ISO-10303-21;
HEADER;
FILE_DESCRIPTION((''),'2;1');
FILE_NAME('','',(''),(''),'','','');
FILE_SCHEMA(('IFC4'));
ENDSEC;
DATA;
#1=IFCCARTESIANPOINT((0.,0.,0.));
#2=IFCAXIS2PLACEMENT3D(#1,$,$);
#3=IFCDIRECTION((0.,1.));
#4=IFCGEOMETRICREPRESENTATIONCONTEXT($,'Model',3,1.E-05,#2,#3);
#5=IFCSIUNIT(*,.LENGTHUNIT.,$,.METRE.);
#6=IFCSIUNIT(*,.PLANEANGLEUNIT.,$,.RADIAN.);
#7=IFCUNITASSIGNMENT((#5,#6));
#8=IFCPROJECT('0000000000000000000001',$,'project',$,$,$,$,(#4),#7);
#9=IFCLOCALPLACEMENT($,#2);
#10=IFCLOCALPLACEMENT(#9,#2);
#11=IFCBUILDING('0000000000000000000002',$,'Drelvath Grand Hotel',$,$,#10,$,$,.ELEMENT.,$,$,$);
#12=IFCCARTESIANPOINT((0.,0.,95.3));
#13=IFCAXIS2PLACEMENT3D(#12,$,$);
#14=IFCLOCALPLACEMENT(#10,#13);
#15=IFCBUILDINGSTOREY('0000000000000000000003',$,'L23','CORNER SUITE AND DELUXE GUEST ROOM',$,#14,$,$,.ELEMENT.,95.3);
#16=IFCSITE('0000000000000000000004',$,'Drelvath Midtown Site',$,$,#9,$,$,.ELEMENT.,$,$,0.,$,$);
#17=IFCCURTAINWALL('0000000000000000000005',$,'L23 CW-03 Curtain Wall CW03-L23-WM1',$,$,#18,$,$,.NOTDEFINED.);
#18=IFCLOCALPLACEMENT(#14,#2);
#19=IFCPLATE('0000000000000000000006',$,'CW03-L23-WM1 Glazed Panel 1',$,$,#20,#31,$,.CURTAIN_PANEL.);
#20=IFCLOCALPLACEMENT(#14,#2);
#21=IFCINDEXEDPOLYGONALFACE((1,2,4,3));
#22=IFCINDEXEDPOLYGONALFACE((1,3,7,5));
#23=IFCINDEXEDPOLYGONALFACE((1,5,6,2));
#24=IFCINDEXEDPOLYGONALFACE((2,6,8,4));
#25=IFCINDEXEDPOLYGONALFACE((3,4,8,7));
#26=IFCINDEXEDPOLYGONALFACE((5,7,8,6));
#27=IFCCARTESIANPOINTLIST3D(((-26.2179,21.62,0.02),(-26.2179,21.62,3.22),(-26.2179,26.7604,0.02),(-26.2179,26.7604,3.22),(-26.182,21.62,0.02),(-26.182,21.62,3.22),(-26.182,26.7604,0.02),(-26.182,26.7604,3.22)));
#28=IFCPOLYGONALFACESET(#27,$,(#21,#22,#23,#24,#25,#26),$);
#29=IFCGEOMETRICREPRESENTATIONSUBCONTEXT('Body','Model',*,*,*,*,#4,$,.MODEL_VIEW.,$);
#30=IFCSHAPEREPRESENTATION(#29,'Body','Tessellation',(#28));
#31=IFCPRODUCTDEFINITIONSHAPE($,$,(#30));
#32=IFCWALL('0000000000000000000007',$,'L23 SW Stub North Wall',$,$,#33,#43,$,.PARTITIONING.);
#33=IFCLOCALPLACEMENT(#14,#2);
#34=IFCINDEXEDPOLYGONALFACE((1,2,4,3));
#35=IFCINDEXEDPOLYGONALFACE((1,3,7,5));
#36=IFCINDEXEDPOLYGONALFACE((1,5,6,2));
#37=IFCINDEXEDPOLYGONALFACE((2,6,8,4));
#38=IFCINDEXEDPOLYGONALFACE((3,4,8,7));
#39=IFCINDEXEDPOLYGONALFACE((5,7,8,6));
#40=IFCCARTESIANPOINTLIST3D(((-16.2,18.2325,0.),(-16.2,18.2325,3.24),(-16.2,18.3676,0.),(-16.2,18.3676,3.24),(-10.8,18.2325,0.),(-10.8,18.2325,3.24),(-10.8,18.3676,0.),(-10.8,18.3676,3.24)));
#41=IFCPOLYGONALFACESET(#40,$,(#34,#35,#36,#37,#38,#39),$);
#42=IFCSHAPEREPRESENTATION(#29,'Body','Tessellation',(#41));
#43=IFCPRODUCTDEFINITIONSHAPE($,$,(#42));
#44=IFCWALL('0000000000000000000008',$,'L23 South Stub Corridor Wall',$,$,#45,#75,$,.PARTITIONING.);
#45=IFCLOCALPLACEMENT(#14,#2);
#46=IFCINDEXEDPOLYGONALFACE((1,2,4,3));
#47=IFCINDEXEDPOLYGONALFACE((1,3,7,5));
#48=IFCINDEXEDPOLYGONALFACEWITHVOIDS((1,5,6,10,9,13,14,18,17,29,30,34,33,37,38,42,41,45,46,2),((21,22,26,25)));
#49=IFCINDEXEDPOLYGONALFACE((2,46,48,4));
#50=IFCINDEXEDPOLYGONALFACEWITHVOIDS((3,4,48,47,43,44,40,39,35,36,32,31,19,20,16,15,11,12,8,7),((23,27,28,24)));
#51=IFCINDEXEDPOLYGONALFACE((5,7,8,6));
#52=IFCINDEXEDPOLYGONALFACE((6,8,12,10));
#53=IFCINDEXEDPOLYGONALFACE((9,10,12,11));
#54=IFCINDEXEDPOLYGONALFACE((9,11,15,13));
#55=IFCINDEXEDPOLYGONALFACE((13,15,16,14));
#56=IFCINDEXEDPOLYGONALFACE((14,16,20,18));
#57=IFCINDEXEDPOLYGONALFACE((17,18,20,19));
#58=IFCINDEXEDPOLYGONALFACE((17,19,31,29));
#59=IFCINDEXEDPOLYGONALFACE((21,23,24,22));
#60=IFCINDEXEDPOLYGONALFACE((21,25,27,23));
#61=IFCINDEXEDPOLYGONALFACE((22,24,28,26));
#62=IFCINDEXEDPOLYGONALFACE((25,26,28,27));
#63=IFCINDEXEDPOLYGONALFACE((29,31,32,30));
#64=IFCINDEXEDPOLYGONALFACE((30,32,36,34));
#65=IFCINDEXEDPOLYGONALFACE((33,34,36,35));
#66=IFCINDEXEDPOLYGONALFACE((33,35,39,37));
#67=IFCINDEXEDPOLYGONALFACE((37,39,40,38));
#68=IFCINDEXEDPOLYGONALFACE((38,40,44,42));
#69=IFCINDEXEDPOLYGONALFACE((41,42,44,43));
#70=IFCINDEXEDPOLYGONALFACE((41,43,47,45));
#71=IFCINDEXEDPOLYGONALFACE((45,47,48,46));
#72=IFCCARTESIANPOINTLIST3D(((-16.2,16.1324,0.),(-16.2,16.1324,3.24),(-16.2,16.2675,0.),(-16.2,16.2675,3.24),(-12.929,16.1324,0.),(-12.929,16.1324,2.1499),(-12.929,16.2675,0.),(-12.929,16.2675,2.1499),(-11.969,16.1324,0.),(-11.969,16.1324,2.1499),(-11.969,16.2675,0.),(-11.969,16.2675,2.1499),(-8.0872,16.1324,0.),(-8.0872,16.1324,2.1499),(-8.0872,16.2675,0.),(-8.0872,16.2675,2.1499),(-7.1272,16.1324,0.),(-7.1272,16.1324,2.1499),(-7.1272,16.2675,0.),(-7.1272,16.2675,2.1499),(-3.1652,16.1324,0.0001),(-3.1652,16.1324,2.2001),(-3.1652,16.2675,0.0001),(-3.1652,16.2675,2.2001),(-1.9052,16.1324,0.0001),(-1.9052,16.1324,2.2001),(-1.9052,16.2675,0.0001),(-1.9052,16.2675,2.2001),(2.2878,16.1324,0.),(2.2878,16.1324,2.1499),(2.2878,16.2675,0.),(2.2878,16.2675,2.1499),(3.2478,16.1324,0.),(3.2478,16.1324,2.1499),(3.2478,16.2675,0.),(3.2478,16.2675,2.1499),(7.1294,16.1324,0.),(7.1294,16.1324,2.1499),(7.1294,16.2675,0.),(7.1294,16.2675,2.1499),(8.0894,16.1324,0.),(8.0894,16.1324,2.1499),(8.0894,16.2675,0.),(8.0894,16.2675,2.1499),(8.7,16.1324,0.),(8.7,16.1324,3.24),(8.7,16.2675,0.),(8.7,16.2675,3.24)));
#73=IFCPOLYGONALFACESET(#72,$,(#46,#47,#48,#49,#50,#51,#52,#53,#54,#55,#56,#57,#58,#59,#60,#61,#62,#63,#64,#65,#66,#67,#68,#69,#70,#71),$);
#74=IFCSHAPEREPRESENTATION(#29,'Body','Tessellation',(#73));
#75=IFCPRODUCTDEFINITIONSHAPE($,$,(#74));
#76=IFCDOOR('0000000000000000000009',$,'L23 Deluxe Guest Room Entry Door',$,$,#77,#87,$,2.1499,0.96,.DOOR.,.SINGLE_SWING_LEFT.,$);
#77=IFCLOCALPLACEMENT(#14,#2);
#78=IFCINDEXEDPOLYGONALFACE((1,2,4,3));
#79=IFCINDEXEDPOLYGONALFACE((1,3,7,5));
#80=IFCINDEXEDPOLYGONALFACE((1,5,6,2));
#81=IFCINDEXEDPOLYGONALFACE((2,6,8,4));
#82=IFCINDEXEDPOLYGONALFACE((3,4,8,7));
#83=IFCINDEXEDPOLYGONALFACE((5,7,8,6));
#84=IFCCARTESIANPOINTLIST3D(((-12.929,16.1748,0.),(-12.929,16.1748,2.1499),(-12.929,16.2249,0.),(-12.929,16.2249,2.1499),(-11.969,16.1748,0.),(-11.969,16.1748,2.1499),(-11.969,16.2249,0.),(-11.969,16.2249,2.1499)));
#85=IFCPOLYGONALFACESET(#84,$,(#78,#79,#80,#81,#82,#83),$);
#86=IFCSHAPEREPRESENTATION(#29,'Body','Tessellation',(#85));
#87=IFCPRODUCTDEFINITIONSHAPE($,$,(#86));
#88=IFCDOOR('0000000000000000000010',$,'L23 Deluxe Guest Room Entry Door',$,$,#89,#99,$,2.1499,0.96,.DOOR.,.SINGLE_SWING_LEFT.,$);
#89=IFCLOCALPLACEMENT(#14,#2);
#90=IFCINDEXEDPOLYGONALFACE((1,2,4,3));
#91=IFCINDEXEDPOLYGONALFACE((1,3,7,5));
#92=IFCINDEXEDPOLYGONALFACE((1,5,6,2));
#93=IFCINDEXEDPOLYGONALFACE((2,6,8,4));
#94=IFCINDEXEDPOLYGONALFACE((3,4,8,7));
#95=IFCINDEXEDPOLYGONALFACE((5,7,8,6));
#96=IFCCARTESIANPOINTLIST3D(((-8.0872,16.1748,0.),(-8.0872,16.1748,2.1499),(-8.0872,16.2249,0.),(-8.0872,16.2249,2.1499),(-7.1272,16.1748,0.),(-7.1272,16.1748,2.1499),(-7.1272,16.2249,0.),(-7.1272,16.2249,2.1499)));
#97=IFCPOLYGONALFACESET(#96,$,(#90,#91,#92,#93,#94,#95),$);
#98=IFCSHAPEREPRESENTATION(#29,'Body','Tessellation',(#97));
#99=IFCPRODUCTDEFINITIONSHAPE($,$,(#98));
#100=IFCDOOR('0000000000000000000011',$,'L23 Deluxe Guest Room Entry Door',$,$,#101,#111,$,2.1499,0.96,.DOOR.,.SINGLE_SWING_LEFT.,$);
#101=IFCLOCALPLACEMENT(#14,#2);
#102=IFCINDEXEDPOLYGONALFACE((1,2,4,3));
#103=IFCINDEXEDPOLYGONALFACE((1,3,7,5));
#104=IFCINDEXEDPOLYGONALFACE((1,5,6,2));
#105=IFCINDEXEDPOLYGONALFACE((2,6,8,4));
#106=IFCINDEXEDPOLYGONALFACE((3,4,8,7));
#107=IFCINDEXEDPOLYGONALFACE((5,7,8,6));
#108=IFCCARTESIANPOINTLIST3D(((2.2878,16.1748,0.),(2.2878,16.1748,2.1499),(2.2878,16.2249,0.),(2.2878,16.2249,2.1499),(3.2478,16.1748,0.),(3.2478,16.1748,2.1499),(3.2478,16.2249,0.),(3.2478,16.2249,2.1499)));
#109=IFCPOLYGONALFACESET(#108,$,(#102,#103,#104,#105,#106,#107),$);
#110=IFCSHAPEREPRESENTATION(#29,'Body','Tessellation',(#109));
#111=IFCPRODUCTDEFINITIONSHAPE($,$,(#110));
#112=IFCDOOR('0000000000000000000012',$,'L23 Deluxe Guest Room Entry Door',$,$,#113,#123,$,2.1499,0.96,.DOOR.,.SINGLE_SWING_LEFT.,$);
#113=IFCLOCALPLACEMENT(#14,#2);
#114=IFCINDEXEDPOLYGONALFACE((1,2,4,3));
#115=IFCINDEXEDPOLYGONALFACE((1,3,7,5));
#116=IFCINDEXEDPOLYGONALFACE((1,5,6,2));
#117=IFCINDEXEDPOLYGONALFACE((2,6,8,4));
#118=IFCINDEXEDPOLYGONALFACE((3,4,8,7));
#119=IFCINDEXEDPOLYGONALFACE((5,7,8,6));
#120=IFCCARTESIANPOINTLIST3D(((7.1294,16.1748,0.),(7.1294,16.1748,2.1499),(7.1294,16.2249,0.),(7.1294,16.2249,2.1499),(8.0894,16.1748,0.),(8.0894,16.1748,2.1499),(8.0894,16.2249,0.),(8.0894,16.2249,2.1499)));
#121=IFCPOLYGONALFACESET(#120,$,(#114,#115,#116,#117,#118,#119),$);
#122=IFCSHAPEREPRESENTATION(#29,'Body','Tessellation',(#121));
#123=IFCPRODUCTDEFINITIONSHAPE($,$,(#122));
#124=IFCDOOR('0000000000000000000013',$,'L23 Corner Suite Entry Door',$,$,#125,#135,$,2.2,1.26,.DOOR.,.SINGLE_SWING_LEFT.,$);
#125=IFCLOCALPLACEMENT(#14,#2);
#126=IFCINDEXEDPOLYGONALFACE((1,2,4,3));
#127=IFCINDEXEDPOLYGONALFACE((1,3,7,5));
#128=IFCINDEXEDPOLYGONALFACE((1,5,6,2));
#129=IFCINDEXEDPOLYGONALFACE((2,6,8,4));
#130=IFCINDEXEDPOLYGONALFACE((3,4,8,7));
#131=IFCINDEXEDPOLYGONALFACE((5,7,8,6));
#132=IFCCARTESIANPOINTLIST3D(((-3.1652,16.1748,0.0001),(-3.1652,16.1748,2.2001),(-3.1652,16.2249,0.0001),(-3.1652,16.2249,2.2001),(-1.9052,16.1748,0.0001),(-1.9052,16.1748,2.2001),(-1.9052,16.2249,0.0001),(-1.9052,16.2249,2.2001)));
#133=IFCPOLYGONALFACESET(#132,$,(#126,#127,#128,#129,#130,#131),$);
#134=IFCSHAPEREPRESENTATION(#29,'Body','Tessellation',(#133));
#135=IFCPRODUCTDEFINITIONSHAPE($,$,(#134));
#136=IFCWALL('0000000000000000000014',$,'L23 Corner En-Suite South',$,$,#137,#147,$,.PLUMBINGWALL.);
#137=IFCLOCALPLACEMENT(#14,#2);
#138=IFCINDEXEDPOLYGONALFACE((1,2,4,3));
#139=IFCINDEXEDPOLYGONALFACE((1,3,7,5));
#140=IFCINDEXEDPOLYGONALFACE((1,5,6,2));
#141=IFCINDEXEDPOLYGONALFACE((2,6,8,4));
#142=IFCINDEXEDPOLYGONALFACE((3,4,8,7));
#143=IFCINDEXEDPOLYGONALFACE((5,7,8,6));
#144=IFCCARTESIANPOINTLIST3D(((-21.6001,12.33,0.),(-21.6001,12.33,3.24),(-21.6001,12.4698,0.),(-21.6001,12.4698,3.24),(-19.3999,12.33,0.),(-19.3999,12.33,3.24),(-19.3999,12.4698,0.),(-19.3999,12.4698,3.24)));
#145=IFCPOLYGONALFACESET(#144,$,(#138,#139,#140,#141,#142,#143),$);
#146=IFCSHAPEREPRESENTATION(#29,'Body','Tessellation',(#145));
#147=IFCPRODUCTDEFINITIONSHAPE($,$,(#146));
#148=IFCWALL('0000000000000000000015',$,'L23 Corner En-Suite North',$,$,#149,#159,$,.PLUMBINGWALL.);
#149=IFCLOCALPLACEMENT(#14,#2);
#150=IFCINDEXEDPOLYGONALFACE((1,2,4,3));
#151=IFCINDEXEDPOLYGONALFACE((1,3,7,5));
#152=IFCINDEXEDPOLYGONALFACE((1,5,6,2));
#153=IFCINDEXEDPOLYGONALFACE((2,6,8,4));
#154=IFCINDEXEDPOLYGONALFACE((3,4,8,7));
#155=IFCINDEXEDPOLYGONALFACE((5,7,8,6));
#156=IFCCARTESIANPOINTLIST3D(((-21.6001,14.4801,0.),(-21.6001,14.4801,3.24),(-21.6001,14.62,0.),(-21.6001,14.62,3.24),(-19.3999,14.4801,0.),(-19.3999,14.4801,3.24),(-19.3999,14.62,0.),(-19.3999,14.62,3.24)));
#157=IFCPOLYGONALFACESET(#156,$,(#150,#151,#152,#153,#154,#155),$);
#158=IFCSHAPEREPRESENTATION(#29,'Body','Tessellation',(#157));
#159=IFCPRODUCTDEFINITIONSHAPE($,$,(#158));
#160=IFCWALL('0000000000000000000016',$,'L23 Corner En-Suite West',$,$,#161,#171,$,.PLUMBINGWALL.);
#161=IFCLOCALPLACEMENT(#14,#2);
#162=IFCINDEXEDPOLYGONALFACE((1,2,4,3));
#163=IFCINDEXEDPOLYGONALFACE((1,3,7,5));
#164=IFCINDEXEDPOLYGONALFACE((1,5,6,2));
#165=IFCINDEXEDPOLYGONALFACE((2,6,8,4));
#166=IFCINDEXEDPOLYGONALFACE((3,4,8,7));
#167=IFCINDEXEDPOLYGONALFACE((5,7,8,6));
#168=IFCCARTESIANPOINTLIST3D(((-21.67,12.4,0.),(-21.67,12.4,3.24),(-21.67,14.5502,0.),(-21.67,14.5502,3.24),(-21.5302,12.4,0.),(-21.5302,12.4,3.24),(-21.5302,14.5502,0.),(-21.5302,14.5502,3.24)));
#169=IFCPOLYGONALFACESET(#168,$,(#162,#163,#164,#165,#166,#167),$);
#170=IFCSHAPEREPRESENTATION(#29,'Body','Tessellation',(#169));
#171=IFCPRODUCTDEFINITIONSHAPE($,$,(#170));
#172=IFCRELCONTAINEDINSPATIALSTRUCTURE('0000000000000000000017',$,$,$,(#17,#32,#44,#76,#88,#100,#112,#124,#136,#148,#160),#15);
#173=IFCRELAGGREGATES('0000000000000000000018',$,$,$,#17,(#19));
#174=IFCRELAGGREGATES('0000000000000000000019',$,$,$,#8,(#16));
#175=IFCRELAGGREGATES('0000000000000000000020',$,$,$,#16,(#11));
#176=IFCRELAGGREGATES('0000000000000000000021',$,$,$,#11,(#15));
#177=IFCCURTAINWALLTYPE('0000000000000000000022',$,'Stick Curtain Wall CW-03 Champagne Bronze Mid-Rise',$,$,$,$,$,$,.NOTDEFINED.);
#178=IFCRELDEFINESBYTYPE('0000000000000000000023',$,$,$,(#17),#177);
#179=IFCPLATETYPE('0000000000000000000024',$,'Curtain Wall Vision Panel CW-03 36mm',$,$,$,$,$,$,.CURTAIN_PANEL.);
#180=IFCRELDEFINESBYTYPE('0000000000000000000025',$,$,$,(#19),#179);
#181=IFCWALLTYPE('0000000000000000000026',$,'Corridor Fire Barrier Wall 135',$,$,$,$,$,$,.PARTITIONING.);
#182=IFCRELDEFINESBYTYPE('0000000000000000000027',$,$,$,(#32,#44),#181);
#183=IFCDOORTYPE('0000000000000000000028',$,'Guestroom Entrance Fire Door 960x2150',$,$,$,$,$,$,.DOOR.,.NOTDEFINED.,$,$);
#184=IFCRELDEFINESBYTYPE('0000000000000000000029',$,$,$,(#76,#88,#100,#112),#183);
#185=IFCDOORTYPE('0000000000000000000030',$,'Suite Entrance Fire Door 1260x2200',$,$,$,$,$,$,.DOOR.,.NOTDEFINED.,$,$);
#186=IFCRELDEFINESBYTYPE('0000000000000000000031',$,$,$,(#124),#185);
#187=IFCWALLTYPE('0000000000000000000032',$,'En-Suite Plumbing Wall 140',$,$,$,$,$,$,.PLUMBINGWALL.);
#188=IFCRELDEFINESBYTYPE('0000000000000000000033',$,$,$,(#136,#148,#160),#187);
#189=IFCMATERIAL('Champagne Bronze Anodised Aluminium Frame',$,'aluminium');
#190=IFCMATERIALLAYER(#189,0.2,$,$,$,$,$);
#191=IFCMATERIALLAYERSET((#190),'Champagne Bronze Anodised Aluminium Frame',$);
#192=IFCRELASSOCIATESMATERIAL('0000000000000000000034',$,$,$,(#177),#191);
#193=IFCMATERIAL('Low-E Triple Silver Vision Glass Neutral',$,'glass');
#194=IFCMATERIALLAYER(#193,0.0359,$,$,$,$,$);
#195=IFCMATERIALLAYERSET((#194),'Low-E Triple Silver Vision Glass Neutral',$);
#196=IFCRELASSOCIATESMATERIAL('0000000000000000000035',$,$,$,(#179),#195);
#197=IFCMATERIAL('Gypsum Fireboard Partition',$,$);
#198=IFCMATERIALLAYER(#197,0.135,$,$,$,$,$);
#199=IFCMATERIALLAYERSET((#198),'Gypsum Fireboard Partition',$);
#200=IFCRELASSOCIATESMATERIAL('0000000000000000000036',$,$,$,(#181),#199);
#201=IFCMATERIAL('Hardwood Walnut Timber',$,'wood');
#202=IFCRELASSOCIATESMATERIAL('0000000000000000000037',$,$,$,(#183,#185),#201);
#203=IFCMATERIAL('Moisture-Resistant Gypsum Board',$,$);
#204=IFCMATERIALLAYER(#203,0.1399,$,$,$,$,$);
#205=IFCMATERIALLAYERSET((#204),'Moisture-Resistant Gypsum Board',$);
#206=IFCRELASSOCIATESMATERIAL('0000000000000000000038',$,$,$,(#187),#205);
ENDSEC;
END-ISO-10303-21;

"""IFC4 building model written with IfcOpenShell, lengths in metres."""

from ifc_helpers import new_model, si_unit, direction, frame, frame_2d, origin, origin_2d, place, context, subcontext, project, spatial, rectangle, extrude, material, layer, layer_set, type_object, element, fill, aggregate, save


model = new_model("IFC4")

# Units and contexts
model_context = context("Model", 3, precision=1e-05, world=origin(), true_north=direction((0.0, 1.0)))
body_context = subcontext(model_context, "Body", "Model", "MODEL_VIEW")
ifc_project = project(units=[si_unit("LENGTHUNIT", "METRE"), si_unit("PLANEANGLEUNIT", "RADIAN")], contexts=[model_context])

# Site, building, storey
site_placement = place(None, origin())
site = spatial("IfcSite", under=ifc_project, at=site_placement, Name="Drelvath Midtown Site", CompositionType="ELEMENT", RefElevation=0.0)
building_placement = place(site_placement, origin())
building = spatial("IfcBuilding", under=site, at=building_placement, Name="Drelvath Grand Hotel", CompositionType="ELEMENT")
storey_placement = place(building_placement, frame((0.0, 0.0, 95.3)))
storey = spatial("IfcBuildingStorey", under=building, at=storey_placement, Name="L23", Description="CORNER SUITE AND DELUXE GUEST ROOM", CompositionType="ELEMENT", Elevation=95.3)

# Curtain wall
ifc_material_1 = material(Name="Champagne Bronze Anodised Aluminium Frame", Category="aluminium")
ifc_layer_1 = layer(ifc_material_1, 0.2)
ifc_layer_set_1 = layer_set([ifc_layer_1], Name="Champagne Bronze Anodised Aluminium Frame")
curtain_wall_type = type_object("IfcCurtainWallType", Name="Stick Curtain Wall CW-03 Champagne Bronze Mid-Rise", PredefinedType="NOTDEFINED", material=ifc_layer_set_1)
curtain_wall_1_placement = place(storey_placement, origin())
curtain_wall_1 = element("IfcCurtainWall", 1, at=curtain_wall_1_placement, inside=storey, type_object=curtain_wall_type, Name="L23 CW-03 Curtain Wall CW03-L23-WM1", PredefinedType="NOTDEFINED")

# Plate
ifc_material_2 = material(Name="Low-E Triple Silver Vision Glass Neutral", Category="glass")
ifc_layer_2 = layer(ifc_material_2, 0.0359)
ifc_layer_set_2 = layer_set([ifc_layer_2], Name="Low-E Triple Silver Vision Glass Neutral")
plate_type = type_object("IfcPlateType", Name="Curtain Wall Vision Panel CW-03 36mm", PredefinedType="CURTAIN_PANEL", material=ifc_layer_set_2)
plate_1_placement = place(storey_placement, frame((-26.2, 24.1902, 0.02), z_axis=(0.0, 0.0, 1.0), x_axis=(0.0, 1.0, 0.0)))
plate_1 = element("IfcPlate", 2, at=plate_1_placement, type_object=plate_type, Name="CW03-L23-WM1 Glazed Panel 1", PredefinedType="CURTAIN_PANEL", context=body_context, shape_type="SweptSolid", body=[
    extrude(rectangle(XDim=5.1404, YDim=0.0359, at=origin_2d()), origin(), (0.0, 0.0, 1.0), 3.2),
])
aggregate(curtain_wall_1, [plate_1])

# Wall
ifc_material_3 = material(Name="Gypsum Fireboard Partition")
ifc_layer_3 = layer(ifc_material_3, 0.135)
ifc_layer_set_3 = layer_set([ifc_layer_3], Name="Gypsum Fireboard Partition")
wall_type_1 = type_object("IfcWallType", Name="Corridor Fire Barrier Wall 135", PredefinedType="PARTITIONING", material=ifc_layer_set_3)
wall_1_placement = place(storey_placement, frame((-16.2, 18.3, 0.0), z_axis=(0.0, 0.0, 1.0), x_axis=(1.0, 0.0, 0.0)))
element("IfcWall", 3, at=wall_1_placement, inside=storey, type_object=wall_type_1, Name="L23 SW Stub North Wall", PredefinedType="PARTITIONING", context=body_context, shape_type="SweptSolid", body=[
    extrude(rectangle(XDim=5.3999, YDim=0.135, at=frame_2d((2.7, 0.0))), origin(), (0.0, 0.0, 1.0), 3.24),
])

# Wall, openings, doors
wall_2_placement = place(storey_placement, frame((-16.2, 16.2, 0.0), z_axis=(0.0, 0.0, 1.0), x_axis=(1.0, 0.0, 0.0)))
wall_2 = element("IfcWall", 4, at=wall_2_placement, inside=storey, type_object=wall_type_1, Name="L23 South Stub Corridor Wall", PredefinedType="PARTITIONING", context=body_context, shape_type="SweptSolid", body=[
    extrude(rectangle(XDim=24.8999, YDim=0.135, at=frame_2d((12.45, 0.0))), origin(), (0.0, 0.0, 1.0), 3.24),
])
opening_1_placement = place(wall_2_placement, frame((3.271, 0.0, 0.0)))
opening_1 = element("IfcOpeningElement", 5, at=opening_1_placement, cuts=wall_2, PredefinedType="OPENING", context=body_context, shape_type="SweptSolid", body=[
    extrude(rectangle(XDim=0.96, YDim=2.1499, at=frame_2d((0.48, 1.075))), frame((0.0, 0.0774, 0.0), z_axis=(0.0, -1.0, 0.0), x_axis=(1.0, 0.0, 0.0)), (0.0, 0.0, 1.0), 0.155),
])
opening_2_placement = place(wall_2_placement, frame((8.1128, 0.0, 0.0)))
opening_2 = element("IfcOpeningElement", 6, at=opening_2_placement, cuts=wall_2, PredefinedType="OPENING", context=body_context, shape_type="SweptSolid", body=[
    extrude(rectangle(XDim=0.96, YDim=2.1499, at=frame_2d((0.48, 1.075))), frame((0.0, 0.0774, 0.0), z_axis=(0.0, -1.0, 0.0), x_axis=(1.0, 0.0, 0.0)), (0.0, 0.0, 1.0), 0.155),
])
opening_3_placement = place(wall_2_placement, frame((13.0349, 0.0, 0.0)))
opening_3 = element("IfcOpeningElement", 7, at=opening_3_placement, cuts=wall_2, PredefinedType="OPENING", context=body_context, shape_type="SweptSolid", body=[
    extrude(rectangle(XDim=1.26, YDim=2.2, at=frame_2d((0.6299, 1.1001))), frame((0.0, 0.0774, 0.0), z_axis=(0.0, -1.0, 0.0), x_axis=(1.0, 0.0, 0.0)), (0.0, 0.0, 1.0), 0.155),
])
opening_4_placement = place(wall_2_placement, frame((18.4878, 0.0, 0.0)))
opening_4 = element("IfcOpeningElement", 8, at=opening_4_placement, cuts=wall_2, PredefinedType="OPENING", context=body_context, shape_type="SweptSolid", body=[
    extrude(rectangle(XDim=0.96, YDim=2.1499, at=frame_2d((0.48, 1.075))), frame((0.0, 0.0774, 0.0), z_axis=(0.0, -1.0, 0.0), x_axis=(1.0, 0.0, 0.0)), (0.0, 0.0, 1.0), 0.155),
])
opening_5_placement = place(wall_2_placement, frame((23.3293, 0.0, 0.0)))
opening_5 = element("IfcOpeningElement", 9, at=opening_5_placement, cuts=wall_2, PredefinedType="OPENING", context=body_context, shape_type="SweptSolid", body=[
    extrude(rectangle(XDim=0.96, YDim=2.1499, at=frame_2d((0.48, 1.075))), frame((0.0, 0.0774, 0.0), z_axis=(0.0, -1.0, 0.0), x_axis=(1.0, 0.0, 0.0)), (0.0, 0.0, 1.0), 0.155),
])
ifc_material_4 = material(Name="Hardwood Walnut Timber", Category="wood")
door_type_1 = type_object("IfcDoorType", Name="Guestroom Entrance Fire Door 960x2150", OperationType="NOTDEFINED", PredefinedType="DOOR", material=ifc_material_4)
door_1_placement = place(opening_1_placement, origin())
door_1 = element("IfcDoor", 10, at=door_1_placement, inside=storey, type_object=door_type_1, Name="L23 Deluxe Guest Room Entry Door", OperationType="SINGLE_SWING_LEFT", OverallHeight=2.1499, OverallWidth=0.96, PredefinedType="DOOR", context=body_context, shape_type="SweptSolid", body=[
    extrude(rectangle(XDim=0.96, YDim=2.1499, at=frame_2d((0.48, 1.075))), frame((0.0, 0.0249, 0.0), z_axis=(0.0, -1.0, 0.0), x_axis=(1.0, 0.0, 0.0)), (0.0, 0.0, 1.0), 0.05),
])
fill(opening_1, door_1)
door_2_placement = place(opening_2_placement, origin())
door_2 = element("IfcDoor", 11, at=door_2_placement, inside=storey, type_object=door_type_1, Name="L23 Deluxe Guest Room Entry Door", OperationType="SINGLE_SWING_LEFT", OverallHeight=2.1499, OverallWidth=0.96, PredefinedType="DOOR", context=body_context, shape_type="SweptSolid", body=[
    extrude(rectangle(XDim=0.96, YDim=2.1499, at=frame_2d((0.48, 1.075))), frame((0.0, 0.0249, 0.0), z_axis=(0.0, -1.0, 0.0), x_axis=(1.0, 0.0, 0.0)), (0.0, 0.0, 1.0), 0.05),
])
fill(opening_2, door_2)
door_3_placement = place(opening_4_placement, origin())
door_3 = element("IfcDoor", 12, at=door_3_placement, inside=storey, type_object=door_type_1, Name="L23 Deluxe Guest Room Entry Door", OperationType="SINGLE_SWING_LEFT", OverallHeight=2.1499, OverallWidth=0.96, PredefinedType="DOOR", context=body_context, shape_type="SweptSolid", body=[
    extrude(rectangle(XDim=0.96, YDim=2.1499, at=frame_2d((0.48, 1.075))), frame((0.0, 0.0249, 0.0), z_axis=(0.0, -1.0, 0.0), x_axis=(1.0, 0.0, 0.0)), (0.0, 0.0, 1.0), 0.05),
])
fill(opening_4, door_3)
door_4_placement = place(opening_5_placement, origin())
door_4 = element("IfcDoor", 13, at=door_4_placement, inside=storey, type_object=door_type_1, Name="L23 Deluxe Guest Room Entry Door", OperationType="SINGLE_SWING_LEFT", OverallHeight=2.1499, OverallWidth=0.96, PredefinedType="DOOR", context=body_context, shape_type="SweptSolid", body=[
    extrude(rectangle(XDim=0.96, YDim=2.1499, at=frame_2d((0.48, 1.075))), frame((0.0, 0.0249, 0.0), z_axis=(0.0, -1.0, 0.0), x_axis=(1.0, 0.0, 0.0)), (0.0, 0.0, 1.0), 0.05),
])
fill(opening_5, door_4)
door_type_2 = type_object("IfcDoorType", Name="Suite Entrance Fire Door 1260x2200", OperationType="NOTDEFINED", PredefinedType="DOOR", material=ifc_material_4)
door_5_placement = place(opening_3_placement, origin())
door_5 = element("IfcDoor", 14, at=door_5_placement, inside=storey, type_object=door_type_2, Name="L23 Corner Suite Entry Door", OperationType="SINGLE_SWING_LEFT", OverallHeight=2.2, OverallWidth=1.26, PredefinedType="DOOR", context=body_context, shape_type="SweptSolid", body=[
    extrude(rectangle(XDim=1.26, YDim=2.2, at=frame_2d((0.6299, 1.1001))), frame((0.0, 0.0249, 0.0), z_axis=(0.0, -1.0, 0.0), x_axis=(1.0, 0.0, 0.0)), (0.0, 0.0, 1.0), 0.05),
])
fill(opening_3, door_5)

# Walls
ifc_material_5 = material(Name="Moisture-Resistant Gypsum Board")
ifc_layer_4 = layer(ifc_material_5, 0.1399)
ifc_layer_set_4 = layer_set([ifc_layer_4], Name="Moisture-Resistant Gypsum Board")
wall_type_2 = type_object("IfcWallType", Name="En-Suite Plumbing Wall 140", PredefinedType="PLUMBINGWALL", material=ifc_layer_set_4)
for number, where, z_axis, x_axis, name in (
    (15, (-21.6001, 12.3999, 0.0), (0.0, 0.0, 1.0), (1.0, 0.0, 0.0), "L23 Corner En-Suite South"),
    (16, (-21.6001, 14.55, 0.0), (0.0, 0.0, 1.0), (1.0, 0.0, 0.0), "L23 Corner En-Suite North"),
):
    element("IfcWall", number, at=place(storey_placement, frame(where, z_axis=z_axis, x_axis=x_axis)), inside=storey, type_object=wall_type_2, Name=name, PredefinedType="PLUMBINGWALL", context=body_context, shape_type="SweptSolid", body=[
        extrude(rectangle(XDim=2.2002, YDim=0.1399, at=frame_2d((1.1001, 0.0))), origin(), (0.0, 0.0, 1.0), 3.24),
    ])
wall_3_placement = place(storey_placement, frame((-21.6001, 12.3999, 0.0), z_axis=(0.0, 0.0, 1.0), x_axis=(0.0, 1.0, 0.0)))
element("IfcWall", 17, at=wall_3_placement, inside=storey, type_object=wall_type_2, Name="L23 Corner En-Suite West", PredefinedType="PLUMBINGWALL", context=body_context, shape_type="SweptSolid", body=[
    extrude(rectangle(XDim=2.1501, YDim=0.1399, at=frame_2d((1.0752, 0.0))), origin(), (0.0, 0.0, 1.0), 3.24),
])

save(model, "model.ifc")
